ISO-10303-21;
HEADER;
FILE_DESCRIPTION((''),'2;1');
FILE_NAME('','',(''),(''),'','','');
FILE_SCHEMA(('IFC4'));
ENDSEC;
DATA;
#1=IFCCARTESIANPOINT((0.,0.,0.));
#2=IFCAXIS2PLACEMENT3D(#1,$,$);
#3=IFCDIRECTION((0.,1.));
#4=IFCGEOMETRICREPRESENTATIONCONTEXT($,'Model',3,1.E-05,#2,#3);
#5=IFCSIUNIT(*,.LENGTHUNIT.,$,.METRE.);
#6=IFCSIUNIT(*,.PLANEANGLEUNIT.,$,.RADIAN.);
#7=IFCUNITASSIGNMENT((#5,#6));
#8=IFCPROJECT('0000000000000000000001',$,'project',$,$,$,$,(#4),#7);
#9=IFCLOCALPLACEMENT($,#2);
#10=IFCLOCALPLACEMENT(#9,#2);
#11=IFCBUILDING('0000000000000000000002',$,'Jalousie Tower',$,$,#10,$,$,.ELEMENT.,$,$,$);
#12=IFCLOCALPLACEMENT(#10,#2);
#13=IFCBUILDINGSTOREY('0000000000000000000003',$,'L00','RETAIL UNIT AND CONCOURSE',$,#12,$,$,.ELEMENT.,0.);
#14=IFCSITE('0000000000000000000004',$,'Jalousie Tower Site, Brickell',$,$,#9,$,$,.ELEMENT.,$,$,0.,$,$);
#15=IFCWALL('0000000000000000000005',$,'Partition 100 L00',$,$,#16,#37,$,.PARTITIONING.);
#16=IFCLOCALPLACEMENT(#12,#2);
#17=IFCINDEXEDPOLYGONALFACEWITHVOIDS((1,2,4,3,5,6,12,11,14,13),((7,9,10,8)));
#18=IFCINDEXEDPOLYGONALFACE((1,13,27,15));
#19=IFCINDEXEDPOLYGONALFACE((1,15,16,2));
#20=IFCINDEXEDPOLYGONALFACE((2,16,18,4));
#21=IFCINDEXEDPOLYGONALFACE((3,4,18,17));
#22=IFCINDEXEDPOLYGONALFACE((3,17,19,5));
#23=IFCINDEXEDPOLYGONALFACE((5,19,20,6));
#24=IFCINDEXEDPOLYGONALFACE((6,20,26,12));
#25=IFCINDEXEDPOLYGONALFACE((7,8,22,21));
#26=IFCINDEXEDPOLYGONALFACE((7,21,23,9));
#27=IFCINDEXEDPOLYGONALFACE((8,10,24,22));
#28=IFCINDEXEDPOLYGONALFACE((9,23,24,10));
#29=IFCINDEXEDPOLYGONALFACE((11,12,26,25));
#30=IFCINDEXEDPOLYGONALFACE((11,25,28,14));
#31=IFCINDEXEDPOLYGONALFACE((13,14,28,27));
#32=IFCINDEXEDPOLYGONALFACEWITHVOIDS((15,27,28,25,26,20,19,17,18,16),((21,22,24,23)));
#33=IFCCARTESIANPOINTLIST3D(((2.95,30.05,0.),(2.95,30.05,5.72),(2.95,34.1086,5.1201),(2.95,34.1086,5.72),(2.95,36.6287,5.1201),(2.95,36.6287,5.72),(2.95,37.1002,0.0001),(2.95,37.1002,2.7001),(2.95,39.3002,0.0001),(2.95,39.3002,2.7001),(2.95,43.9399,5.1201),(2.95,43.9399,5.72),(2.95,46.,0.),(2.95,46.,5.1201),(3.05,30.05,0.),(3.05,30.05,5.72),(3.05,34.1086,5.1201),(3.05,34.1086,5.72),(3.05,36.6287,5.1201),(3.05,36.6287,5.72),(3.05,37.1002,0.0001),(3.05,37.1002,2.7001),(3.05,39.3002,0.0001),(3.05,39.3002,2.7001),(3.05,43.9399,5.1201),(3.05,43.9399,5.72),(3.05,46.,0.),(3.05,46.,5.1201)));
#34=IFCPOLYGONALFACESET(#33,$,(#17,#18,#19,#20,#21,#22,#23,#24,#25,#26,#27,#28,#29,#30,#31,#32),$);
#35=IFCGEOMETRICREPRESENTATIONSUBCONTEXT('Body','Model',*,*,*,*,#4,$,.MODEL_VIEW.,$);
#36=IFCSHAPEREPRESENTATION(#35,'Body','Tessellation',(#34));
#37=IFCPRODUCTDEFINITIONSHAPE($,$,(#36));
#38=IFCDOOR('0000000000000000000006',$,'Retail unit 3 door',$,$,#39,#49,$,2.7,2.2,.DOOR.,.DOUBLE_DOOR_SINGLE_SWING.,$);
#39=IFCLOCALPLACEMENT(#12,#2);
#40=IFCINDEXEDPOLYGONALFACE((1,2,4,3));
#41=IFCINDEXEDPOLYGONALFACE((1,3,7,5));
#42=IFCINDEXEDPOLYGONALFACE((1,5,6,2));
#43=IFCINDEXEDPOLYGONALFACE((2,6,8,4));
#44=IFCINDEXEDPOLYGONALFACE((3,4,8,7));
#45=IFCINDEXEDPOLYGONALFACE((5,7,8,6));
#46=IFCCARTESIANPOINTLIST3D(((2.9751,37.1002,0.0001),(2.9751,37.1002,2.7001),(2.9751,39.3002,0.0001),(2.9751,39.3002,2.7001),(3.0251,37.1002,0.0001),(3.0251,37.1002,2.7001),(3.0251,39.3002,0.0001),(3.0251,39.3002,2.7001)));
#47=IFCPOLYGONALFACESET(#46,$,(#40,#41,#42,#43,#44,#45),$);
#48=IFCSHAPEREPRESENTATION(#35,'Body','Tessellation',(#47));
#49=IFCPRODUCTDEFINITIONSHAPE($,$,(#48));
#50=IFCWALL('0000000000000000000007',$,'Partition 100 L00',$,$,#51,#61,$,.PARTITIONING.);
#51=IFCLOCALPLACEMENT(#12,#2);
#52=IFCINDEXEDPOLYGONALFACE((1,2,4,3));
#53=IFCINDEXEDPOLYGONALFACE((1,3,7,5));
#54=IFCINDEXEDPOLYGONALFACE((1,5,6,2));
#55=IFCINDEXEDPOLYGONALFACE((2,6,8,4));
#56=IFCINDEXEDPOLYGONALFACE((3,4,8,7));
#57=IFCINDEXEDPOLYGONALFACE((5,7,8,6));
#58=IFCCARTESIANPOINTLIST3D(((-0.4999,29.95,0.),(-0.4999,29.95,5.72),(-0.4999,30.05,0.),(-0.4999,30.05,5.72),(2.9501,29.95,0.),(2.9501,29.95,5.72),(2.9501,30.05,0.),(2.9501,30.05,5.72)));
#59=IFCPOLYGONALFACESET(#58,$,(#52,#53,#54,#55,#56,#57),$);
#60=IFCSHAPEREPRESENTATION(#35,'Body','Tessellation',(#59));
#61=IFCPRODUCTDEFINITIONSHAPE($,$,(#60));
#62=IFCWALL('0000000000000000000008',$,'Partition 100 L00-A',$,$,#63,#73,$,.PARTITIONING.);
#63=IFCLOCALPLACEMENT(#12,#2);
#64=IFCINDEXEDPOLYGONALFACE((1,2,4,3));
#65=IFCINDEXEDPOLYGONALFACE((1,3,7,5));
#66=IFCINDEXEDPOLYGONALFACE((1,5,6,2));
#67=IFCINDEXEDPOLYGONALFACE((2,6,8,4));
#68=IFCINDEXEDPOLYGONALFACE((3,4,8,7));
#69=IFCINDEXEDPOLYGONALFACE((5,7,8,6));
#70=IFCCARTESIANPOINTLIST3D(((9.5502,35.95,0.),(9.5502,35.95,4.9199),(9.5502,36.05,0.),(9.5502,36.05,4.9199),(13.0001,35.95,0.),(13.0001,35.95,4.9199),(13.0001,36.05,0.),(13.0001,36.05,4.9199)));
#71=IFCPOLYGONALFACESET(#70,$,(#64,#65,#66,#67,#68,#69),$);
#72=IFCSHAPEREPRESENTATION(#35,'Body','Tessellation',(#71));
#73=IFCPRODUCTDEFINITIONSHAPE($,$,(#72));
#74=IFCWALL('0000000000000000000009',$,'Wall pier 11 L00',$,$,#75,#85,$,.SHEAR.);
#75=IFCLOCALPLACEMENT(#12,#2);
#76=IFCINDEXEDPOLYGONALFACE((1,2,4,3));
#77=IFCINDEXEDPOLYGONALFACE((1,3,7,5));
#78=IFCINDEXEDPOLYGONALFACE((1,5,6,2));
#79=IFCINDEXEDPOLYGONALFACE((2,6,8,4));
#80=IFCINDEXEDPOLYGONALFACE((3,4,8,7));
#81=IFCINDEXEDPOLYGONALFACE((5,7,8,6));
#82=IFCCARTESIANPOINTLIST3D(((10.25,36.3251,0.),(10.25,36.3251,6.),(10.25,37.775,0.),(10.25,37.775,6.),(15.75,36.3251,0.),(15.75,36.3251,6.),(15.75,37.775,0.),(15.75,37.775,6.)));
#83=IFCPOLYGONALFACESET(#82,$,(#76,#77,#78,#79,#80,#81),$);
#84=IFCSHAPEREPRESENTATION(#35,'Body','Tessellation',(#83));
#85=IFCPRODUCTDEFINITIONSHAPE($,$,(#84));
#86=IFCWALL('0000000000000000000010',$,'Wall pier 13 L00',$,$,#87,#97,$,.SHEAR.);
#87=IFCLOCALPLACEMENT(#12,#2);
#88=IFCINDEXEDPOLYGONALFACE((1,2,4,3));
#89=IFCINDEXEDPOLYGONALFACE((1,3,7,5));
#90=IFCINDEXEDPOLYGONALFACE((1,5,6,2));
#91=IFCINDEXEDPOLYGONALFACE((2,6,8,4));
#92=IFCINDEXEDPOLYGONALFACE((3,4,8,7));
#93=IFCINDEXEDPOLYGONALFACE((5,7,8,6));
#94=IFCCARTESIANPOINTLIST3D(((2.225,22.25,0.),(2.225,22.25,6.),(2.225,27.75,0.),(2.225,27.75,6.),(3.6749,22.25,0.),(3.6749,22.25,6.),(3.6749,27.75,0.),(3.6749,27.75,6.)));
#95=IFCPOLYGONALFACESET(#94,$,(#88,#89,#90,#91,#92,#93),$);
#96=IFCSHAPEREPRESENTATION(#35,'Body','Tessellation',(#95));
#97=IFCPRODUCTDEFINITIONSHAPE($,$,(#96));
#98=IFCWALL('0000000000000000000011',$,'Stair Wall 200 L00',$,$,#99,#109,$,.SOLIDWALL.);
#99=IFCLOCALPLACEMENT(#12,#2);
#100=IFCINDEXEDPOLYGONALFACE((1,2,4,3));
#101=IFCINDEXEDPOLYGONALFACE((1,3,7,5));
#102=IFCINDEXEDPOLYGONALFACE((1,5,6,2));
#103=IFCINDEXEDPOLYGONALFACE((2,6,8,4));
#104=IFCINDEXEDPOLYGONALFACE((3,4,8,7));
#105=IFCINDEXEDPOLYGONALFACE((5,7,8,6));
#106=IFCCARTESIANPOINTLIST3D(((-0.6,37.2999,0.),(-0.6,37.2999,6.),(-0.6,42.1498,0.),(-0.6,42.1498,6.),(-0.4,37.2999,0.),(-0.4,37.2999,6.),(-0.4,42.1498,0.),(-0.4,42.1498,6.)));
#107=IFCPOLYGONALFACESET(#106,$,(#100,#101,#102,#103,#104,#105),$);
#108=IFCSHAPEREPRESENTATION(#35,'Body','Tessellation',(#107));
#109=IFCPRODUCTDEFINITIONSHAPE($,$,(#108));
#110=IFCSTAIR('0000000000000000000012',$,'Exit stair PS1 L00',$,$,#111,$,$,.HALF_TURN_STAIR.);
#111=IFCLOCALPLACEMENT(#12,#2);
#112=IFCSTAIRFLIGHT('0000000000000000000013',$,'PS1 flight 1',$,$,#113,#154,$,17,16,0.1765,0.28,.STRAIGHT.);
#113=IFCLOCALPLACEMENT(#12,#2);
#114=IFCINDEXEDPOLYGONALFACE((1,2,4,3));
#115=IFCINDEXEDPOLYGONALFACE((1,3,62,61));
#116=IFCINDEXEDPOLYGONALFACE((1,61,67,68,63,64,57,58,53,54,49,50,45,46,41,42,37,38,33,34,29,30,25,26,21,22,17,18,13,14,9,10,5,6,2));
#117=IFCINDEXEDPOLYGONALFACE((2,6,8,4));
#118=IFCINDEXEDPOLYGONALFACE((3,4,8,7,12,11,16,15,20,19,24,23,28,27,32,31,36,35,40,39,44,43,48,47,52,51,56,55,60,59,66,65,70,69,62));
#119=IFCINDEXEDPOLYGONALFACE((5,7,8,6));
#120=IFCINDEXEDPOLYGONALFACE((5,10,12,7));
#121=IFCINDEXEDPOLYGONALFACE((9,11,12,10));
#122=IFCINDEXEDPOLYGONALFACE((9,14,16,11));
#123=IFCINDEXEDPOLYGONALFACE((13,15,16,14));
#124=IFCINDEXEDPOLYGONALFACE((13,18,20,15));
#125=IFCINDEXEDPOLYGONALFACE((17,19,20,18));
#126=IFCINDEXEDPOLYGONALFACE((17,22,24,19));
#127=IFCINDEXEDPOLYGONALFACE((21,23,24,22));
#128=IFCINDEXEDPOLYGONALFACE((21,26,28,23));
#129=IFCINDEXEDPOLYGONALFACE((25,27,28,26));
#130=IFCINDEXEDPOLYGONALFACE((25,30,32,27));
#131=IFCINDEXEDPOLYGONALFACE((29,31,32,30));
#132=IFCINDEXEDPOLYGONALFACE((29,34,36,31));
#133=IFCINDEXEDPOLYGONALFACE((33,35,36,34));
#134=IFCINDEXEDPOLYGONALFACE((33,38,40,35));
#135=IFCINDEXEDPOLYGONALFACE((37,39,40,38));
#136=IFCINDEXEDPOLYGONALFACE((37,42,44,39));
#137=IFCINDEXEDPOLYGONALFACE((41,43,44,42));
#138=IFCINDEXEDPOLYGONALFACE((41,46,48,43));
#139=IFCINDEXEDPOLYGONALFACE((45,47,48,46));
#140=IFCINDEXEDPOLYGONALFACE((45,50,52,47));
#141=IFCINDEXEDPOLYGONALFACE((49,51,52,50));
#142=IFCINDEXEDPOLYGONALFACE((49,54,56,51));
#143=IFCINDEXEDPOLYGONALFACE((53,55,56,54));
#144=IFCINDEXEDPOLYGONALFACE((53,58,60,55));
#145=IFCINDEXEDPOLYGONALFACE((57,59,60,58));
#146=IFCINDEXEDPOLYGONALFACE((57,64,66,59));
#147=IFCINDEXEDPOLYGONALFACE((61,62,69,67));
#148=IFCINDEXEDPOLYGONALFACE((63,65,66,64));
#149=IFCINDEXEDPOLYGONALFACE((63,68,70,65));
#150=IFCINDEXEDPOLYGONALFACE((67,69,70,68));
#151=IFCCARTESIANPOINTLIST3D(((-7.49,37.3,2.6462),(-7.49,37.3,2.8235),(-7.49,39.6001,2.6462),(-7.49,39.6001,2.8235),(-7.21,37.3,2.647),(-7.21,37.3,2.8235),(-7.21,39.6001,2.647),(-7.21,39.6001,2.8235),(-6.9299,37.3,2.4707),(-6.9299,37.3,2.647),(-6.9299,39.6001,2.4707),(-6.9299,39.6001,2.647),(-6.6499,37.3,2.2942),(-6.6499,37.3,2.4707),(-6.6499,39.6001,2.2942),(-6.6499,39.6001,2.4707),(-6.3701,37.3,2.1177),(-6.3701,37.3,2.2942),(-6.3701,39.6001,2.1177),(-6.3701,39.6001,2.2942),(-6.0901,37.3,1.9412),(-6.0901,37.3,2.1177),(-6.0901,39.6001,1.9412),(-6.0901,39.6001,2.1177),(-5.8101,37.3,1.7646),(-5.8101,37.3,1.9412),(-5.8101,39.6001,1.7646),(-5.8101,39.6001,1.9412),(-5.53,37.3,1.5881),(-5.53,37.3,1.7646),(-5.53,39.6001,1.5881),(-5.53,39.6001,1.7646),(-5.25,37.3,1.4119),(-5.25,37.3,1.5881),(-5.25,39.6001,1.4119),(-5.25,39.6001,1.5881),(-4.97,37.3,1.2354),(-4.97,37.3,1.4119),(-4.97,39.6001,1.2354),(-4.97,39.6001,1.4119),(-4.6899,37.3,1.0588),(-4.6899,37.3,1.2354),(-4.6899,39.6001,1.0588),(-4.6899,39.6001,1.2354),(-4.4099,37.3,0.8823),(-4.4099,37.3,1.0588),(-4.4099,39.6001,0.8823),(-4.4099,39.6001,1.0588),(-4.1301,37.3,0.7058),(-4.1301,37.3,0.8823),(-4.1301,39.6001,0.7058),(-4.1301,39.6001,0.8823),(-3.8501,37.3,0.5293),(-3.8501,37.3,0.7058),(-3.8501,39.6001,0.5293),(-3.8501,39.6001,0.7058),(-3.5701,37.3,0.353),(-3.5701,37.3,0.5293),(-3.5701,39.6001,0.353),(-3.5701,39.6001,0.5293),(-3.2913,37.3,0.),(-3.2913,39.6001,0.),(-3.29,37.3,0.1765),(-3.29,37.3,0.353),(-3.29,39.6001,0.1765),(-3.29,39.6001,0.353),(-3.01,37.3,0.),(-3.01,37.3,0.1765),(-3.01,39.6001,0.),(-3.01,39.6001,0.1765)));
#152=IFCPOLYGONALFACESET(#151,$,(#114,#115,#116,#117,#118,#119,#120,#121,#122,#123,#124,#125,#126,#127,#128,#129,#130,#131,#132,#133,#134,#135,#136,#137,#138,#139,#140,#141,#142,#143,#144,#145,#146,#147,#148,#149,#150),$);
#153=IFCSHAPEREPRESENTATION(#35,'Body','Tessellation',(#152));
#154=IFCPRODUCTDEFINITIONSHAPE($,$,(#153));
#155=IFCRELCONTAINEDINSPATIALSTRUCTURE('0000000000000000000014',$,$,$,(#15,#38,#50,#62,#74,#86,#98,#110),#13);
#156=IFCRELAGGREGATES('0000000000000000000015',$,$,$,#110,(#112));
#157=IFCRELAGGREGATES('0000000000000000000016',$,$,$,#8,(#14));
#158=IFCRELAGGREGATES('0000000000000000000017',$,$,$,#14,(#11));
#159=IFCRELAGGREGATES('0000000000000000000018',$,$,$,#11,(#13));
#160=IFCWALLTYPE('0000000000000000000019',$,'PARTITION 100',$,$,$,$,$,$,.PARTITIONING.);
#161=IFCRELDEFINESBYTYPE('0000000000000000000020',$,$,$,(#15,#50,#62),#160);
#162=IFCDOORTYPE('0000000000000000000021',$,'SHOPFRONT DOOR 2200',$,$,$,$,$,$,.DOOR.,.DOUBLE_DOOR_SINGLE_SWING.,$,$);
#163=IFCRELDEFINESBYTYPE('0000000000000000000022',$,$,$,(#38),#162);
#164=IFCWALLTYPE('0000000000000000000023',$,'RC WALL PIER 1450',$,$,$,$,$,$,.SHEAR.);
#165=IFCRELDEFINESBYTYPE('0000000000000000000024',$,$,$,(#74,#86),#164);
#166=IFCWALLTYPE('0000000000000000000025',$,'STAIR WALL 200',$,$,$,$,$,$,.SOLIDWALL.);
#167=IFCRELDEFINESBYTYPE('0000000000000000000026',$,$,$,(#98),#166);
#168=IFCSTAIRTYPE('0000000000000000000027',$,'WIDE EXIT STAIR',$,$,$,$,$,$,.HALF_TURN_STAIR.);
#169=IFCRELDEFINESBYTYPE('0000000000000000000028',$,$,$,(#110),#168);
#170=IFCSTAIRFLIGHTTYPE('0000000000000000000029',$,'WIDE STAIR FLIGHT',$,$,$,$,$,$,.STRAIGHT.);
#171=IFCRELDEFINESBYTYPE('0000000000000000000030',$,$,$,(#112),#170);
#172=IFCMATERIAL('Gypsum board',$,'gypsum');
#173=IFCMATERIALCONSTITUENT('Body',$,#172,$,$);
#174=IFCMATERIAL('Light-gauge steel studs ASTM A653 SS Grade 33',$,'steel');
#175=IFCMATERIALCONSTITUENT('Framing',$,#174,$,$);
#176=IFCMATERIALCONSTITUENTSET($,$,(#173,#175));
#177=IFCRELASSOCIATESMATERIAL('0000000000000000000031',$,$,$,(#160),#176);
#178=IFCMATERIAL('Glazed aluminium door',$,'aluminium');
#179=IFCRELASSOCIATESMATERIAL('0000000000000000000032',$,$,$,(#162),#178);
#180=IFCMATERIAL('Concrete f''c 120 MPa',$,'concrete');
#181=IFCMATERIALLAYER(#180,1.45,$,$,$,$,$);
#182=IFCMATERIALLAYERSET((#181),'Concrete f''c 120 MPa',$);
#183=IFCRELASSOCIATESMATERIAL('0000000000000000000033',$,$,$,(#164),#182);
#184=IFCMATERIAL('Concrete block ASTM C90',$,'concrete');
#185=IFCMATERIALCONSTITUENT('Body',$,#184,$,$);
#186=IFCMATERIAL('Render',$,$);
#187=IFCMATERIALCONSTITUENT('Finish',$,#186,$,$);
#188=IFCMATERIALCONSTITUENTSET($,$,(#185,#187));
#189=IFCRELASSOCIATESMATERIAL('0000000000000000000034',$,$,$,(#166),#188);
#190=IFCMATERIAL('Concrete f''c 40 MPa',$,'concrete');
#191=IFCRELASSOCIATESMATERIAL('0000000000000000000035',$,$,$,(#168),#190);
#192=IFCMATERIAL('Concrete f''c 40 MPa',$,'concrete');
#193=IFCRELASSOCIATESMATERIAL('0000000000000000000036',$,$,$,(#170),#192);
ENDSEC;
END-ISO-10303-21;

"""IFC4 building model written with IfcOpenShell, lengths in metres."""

from ifc_helpers import new_model, si_unit, direction, frame, frame_2d, origin, place, context, subcontext, project, spatial, polyline, rectangle, outline, extrude, material, layer, layer_set, constituent, constituent_set, type_object, element, fill, aggregate, save


model = new_model("IFC4")

# Units and contexts
model_context = context("Model", 3, precision=1e-05, world=origin(), true_north=direction((0.0, 1.0)))
body_context = subcontext(model_context, "Body", "Model", "MODEL_VIEW")
ifc_project = project(units=[si_unit("LENGTHUNIT", "METRE"), si_unit("PLANEANGLEUNIT", "RADIAN")], contexts=[model_context])

# Site, building, storey
site_placement = place(None, origin())
site = spatial("IfcSite", under=ifc_project, at=site_placement, Name="Jalousie Tower Site, Brickell", CompositionType="ELEMENT", RefElevation=0.0)
building_placement = place(site_placement, origin())
building = spatial("IfcBuilding", under=site, at=building_placement, Name="Jalousie Tower", CompositionType="ELEMENT")
storey_placement = place(building_placement, origin())
storey = spatial("IfcBuildingStorey", under=building, at=storey_placement, Name="L00", Description="RETAIL UNIT AND CONCOURSE", CompositionType="ELEMENT", Elevation=0.0)

# Shared definitions
ifc_material_1 = material(Name="Gypsum board", Category="gypsum")
ifc_constituent_1 = constituent(ifc_material_1, Name="Body")
ifc_material_2 = material(Name="Light-gauge steel studs ASTM A653 SS Grade 33", Category="steel")
ifc_constituent_2 = constituent(ifc_material_2, Name="Framing")
ifc_constituent_set_1 = constituent_set(constituents=[ifc_constituent_1, ifc_constituent_2])
wall_type_1 = type_object("IfcWallType", Name="PARTITION 100", PredefinedType="PARTITIONING", material=ifc_constituent_set_1)
ifc_material_3 = material(Name="Glazed aluminium door", Category="aluminium")
door_type_1 = type_object("IfcDoorType", Name="SHOPFRONT DOOR 2200", OperationType="DOUBLE_DOOR_SINGLE_SWING", PredefinedType="DOOR", material=ifc_material_3)

# Wall, opening, door
wall_1_placement = place(storey_placement, frame((3.0, 30.05, 0.0), z_axis=(0.0, 0.0, 1.0), x_axis=(0.0, 1.0, 0.0)))
wall_1 = element("IfcWall", 1, at=wall_1_placement, inside=storey, type_object=wall_type_1, Name="Partition 100 L00", PredefinedType="PARTITIONING", context=body_context, shape_type="SweptSolid", body=[
    extrude(outline(polyline([(0.0, 0.0), (15.95, 0.0), (15.95, 5.72), (15.95, 5.1201), (13.8899, 5.1201), (13.8899, 5.72), (6.5786, 5.72), (6.5786, 5.1201), (4.0586, 5.1201), (4.0586, 5.72), (0.0, 5.72), (0.0, 0.0)])), frame((0.0, 0.05, 0.0), z_axis=(0.0, -1.0, 0.0), x_axis=(1.0, 0.0, 0.0)), (0.0, 0.0, 1.0), 0.1001),
])
opening_1_placement = place(wall_1_placement, frame((7.05, 0.0, 0.0)))
opening_1 = element("IfcOpeningElement", 2, at=opening_1_placement, cuts=wall_1, PredefinedType="OPENING", context=body_context, shape_type="SweptSolid", body=[
    extrude(rectangle(XDim=2.2, YDim=2.7, at=frame_2d((1.1001, 1.3501))), frame((0.0, 0.0601, 0.0), z_axis=(0.0, -1.0, 0.0), x_axis=(1.0, 0.0, 0.0)), (0.0, 0.0, 1.0), 0.1201),
])
door_1_placement = place(opening_1_placement, origin())
door_1 = element("IfcDoor", 3, at=door_1_placement, inside=storey, type_object=door_type_1, Name="Retail unit 3 door", OperationType="DOUBLE_DOOR_SINGLE_SWING", OverallHeight=2.7, OverallWidth=2.2, PredefinedType="DOOR", context=body_context, shape_type="SweptSolid", body=[
    extrude(rectangle(XDim=2.2, YDim=2.7, at=frame_2d((1.1001, 1.3501))), frame((0.0, 0.0249, 0.0), z_axis=(0.0, -1.0, 0.0), x_axis=(1.0, 0.0, 0.0)), (0.0, 0.0, 1.0), 0.05),
])
fill(opening_1, door_1)

# Walls
wall_2_placement = place(storey_placement, frame((-0.5, 30.0, 0.0), z_axis=(0.0, 0.0, 1.0), x_axis=(1.0, 0.0, 0.0)))
element("IfcWall", 4, at=wall_2_placement, inside=storey, type_object=wall_type_1, Name="Partition 100 L00", PredefinedType="PARTITIONING", context=body_context, shape_type="SweptSolid", body=[
    extrude(rectangle(XDim=3.45, YDim=0.1001, at=frame_2d((1.7251, 0.0))), origin(), (0.0, 0.0, 1.0), 5.72),
])
wall_3_placement = place(storey_placement, frame((9.55, 36.0, 0.0), z_axis=(0.0, 0.0, 1.0), x_axis=(1.0, 0.0, 0.0)))
element("IfcWall", 5, at=wall_3_placement, inside=storey, type_object=wall_type_1, Name="Partition 100 L00-A", PredefinedType="PARTITIONING", context=body_context, shape_type="SweptSolid", body=[
    extrude(rectangle(XDim=3.45, YDim=0.1001, at=frame_2d((1.7251, 0.0))), origin(), (0.0, 0.0, 1.0), 4.9199),
])
ifc_material_4 = material(Name="Concrete f'c 120 MPa", Category="concrete")
ifc_layer = layer(ifc_material_4, 1.45)
ifc_layer_set = layer_set([ifc_layer], Name="Concrete f'c 120 MPa")
wall_type_2 = type_object("IfcWallType", Name="RC WALL PIER 1450", PredefinedType="SHEAR", material=ifc_layer_set)
for number, where, z_axis, x_axis, name in (
    (6, (10.25, 37.05, 0.0), (0.0, 0.0, 1.0), (1.0, 0.0, 0.0), "Wall pier 11 L00"),
    (7, (2.95, 22.25, 0.0), (0.0, 0.0, 1.0), (0.0, 1.0, 0.0), "Wall pier 13 L00"),
):
    element("IfcWall", number, at=place(storey_placement, frame(where, z_axis=z_axis, x_axis=x_axis)), inside=storey, type_object=wall_type_2, Name=name, PredefinedType="SHEAR", context=body_context, shape_type="SweptSolid", body=[
        extrude(rectangle(XDim=5.5, YDim=1.45, at=frame_2d((2.75, 0.0))), origin(), (0.0, 0.0, 1.0), 6.0),
    ])
ifc_material_5 = material(Name="Concrete block ASTM C90", Category="concrete")
ifc_constituent_3 = constituent(ifc_material_5, Name="Body")
ifc_material_6 = material(Name="Render")
ifc_constituent_4 = constituent(ifc_material_6, Name="Finish")
ifc_constituent_set_2 = constituent_set(constituents=[ifc_constituent_3, ifc_constituent_4])
wall_type_3 = type_object("IfcWallType", Name="STAIR WALL 200", PredefinedType="SOLIDWALL", material=ifc_constituent_set_2)
wall_4_placement = place(storey_placement, frame((-0.5, 37.3, 0.0), z_axis=(0.0, 0.0, 1.0), x_axis=(0.0, 1.0, 0.0)))
element("IfcWall", 8, at=wall_4_placement, inside=storey, type_object=wall_type_3, Name="Stair Wall 200 L00", PredefinedType="SOLIDWALL", context=body_context, shape_type="SweptSolid", body=[
    extrude(rectangle(XDim=4.8499, YDim=0.2, at=frame_2d((2.4248, 0.0))), origin(), (0.0, 0.0, 1.0), 6.0),
])

# Stair, stair flight
ifc_material_7 = material(Name="Concrete f'c 40 MPa", Category="concrete")
stair_type = type_object("IfcStairType", Name="WIDE EXIT STAIR", PredefinedType="HALF_TURN_STAIR", material=ifc_material_7)
stair_placement = place(storey_placement, origin())
stair = element("IfcStair", 9, at=stair_placement, inside=storey, type_object=stair_type, Name="Exit stair PS1 L00", PredefinedType="HALF_TURN_STAIR")
ifc_material_8 = material(Name="Concrete f'c 40 MPa", Category="concrete")
stair_flight_type = type_object("IfcStairFlightType", Name="WIDE STAIR FLIGHT", PredefinedType="STRAIGHT", material=ifc_material_8)
stair_flight_placement = place(storey_placement, frame((-3.01, 38.45, 0.0), z_axis=(0.0, 0.0, 1.0), x_axis=(-1.0, 0.0, 0.0)))
stair_flight = element("IfcStairFlight", 10, at=stair_flight_placement, type_object=stair_flight_type, Name="PS1 flight 1", NumberOfRisers=17, NumberOfTreads=16, PredefinedType="STRAIGHT", RiserHeight=0.1765, TreadLength=0.28, context=body_context, shape_type="SweptSolid", body=[
    extrude(outline(polyline([(0.0, 0.0), (0.0, 0.1765), (0.28, 0.1765), (0.28, 0.353), (0.5601, 0.353), (0.5601, 0.5293), (0.8401, 0.5293), (0.8401, 0.7058), (1.1201, 0.7058), (1.1201, 0.8823), (1.3999, 0.8823), (1.3999, 1.0588), (1.6799, 1.0588), (1.6799, 1.2354), (1.96, 1.2354), (1.96, 1.4119), (2.24, 1.4119), (2.24, 1.5881), (2.52, 1.5881), (2.52, 1.7646), (2.8, 1.7646), (2.8, 1.9412), (3.0801, 1.9412), (3.0801, 2.1177), (3.3601, 2.1177), (3.3601, 2.2942), (3.6399, 2.2942), (3.6399, 2.4707), (3.9199, 2.4707), (3.9199, 2.647), (4.2, 2.647), (4.2, 2.8235), (4.48, 2.8235), (4.48, 3.0), (4.48, 2.6462), (0.2812, 0.0), (0.0, 0.0)])), frame((0.0, 1.1499, 0.0), z_axis=(0.0, -1.0, 0.0), x_axis=(1.0, 0.0, 0.0)), (0.0, 0.0, 1.0), 2.3),
])
aggregate(stair, [stair_flight])

save(model, "model.ifc")
